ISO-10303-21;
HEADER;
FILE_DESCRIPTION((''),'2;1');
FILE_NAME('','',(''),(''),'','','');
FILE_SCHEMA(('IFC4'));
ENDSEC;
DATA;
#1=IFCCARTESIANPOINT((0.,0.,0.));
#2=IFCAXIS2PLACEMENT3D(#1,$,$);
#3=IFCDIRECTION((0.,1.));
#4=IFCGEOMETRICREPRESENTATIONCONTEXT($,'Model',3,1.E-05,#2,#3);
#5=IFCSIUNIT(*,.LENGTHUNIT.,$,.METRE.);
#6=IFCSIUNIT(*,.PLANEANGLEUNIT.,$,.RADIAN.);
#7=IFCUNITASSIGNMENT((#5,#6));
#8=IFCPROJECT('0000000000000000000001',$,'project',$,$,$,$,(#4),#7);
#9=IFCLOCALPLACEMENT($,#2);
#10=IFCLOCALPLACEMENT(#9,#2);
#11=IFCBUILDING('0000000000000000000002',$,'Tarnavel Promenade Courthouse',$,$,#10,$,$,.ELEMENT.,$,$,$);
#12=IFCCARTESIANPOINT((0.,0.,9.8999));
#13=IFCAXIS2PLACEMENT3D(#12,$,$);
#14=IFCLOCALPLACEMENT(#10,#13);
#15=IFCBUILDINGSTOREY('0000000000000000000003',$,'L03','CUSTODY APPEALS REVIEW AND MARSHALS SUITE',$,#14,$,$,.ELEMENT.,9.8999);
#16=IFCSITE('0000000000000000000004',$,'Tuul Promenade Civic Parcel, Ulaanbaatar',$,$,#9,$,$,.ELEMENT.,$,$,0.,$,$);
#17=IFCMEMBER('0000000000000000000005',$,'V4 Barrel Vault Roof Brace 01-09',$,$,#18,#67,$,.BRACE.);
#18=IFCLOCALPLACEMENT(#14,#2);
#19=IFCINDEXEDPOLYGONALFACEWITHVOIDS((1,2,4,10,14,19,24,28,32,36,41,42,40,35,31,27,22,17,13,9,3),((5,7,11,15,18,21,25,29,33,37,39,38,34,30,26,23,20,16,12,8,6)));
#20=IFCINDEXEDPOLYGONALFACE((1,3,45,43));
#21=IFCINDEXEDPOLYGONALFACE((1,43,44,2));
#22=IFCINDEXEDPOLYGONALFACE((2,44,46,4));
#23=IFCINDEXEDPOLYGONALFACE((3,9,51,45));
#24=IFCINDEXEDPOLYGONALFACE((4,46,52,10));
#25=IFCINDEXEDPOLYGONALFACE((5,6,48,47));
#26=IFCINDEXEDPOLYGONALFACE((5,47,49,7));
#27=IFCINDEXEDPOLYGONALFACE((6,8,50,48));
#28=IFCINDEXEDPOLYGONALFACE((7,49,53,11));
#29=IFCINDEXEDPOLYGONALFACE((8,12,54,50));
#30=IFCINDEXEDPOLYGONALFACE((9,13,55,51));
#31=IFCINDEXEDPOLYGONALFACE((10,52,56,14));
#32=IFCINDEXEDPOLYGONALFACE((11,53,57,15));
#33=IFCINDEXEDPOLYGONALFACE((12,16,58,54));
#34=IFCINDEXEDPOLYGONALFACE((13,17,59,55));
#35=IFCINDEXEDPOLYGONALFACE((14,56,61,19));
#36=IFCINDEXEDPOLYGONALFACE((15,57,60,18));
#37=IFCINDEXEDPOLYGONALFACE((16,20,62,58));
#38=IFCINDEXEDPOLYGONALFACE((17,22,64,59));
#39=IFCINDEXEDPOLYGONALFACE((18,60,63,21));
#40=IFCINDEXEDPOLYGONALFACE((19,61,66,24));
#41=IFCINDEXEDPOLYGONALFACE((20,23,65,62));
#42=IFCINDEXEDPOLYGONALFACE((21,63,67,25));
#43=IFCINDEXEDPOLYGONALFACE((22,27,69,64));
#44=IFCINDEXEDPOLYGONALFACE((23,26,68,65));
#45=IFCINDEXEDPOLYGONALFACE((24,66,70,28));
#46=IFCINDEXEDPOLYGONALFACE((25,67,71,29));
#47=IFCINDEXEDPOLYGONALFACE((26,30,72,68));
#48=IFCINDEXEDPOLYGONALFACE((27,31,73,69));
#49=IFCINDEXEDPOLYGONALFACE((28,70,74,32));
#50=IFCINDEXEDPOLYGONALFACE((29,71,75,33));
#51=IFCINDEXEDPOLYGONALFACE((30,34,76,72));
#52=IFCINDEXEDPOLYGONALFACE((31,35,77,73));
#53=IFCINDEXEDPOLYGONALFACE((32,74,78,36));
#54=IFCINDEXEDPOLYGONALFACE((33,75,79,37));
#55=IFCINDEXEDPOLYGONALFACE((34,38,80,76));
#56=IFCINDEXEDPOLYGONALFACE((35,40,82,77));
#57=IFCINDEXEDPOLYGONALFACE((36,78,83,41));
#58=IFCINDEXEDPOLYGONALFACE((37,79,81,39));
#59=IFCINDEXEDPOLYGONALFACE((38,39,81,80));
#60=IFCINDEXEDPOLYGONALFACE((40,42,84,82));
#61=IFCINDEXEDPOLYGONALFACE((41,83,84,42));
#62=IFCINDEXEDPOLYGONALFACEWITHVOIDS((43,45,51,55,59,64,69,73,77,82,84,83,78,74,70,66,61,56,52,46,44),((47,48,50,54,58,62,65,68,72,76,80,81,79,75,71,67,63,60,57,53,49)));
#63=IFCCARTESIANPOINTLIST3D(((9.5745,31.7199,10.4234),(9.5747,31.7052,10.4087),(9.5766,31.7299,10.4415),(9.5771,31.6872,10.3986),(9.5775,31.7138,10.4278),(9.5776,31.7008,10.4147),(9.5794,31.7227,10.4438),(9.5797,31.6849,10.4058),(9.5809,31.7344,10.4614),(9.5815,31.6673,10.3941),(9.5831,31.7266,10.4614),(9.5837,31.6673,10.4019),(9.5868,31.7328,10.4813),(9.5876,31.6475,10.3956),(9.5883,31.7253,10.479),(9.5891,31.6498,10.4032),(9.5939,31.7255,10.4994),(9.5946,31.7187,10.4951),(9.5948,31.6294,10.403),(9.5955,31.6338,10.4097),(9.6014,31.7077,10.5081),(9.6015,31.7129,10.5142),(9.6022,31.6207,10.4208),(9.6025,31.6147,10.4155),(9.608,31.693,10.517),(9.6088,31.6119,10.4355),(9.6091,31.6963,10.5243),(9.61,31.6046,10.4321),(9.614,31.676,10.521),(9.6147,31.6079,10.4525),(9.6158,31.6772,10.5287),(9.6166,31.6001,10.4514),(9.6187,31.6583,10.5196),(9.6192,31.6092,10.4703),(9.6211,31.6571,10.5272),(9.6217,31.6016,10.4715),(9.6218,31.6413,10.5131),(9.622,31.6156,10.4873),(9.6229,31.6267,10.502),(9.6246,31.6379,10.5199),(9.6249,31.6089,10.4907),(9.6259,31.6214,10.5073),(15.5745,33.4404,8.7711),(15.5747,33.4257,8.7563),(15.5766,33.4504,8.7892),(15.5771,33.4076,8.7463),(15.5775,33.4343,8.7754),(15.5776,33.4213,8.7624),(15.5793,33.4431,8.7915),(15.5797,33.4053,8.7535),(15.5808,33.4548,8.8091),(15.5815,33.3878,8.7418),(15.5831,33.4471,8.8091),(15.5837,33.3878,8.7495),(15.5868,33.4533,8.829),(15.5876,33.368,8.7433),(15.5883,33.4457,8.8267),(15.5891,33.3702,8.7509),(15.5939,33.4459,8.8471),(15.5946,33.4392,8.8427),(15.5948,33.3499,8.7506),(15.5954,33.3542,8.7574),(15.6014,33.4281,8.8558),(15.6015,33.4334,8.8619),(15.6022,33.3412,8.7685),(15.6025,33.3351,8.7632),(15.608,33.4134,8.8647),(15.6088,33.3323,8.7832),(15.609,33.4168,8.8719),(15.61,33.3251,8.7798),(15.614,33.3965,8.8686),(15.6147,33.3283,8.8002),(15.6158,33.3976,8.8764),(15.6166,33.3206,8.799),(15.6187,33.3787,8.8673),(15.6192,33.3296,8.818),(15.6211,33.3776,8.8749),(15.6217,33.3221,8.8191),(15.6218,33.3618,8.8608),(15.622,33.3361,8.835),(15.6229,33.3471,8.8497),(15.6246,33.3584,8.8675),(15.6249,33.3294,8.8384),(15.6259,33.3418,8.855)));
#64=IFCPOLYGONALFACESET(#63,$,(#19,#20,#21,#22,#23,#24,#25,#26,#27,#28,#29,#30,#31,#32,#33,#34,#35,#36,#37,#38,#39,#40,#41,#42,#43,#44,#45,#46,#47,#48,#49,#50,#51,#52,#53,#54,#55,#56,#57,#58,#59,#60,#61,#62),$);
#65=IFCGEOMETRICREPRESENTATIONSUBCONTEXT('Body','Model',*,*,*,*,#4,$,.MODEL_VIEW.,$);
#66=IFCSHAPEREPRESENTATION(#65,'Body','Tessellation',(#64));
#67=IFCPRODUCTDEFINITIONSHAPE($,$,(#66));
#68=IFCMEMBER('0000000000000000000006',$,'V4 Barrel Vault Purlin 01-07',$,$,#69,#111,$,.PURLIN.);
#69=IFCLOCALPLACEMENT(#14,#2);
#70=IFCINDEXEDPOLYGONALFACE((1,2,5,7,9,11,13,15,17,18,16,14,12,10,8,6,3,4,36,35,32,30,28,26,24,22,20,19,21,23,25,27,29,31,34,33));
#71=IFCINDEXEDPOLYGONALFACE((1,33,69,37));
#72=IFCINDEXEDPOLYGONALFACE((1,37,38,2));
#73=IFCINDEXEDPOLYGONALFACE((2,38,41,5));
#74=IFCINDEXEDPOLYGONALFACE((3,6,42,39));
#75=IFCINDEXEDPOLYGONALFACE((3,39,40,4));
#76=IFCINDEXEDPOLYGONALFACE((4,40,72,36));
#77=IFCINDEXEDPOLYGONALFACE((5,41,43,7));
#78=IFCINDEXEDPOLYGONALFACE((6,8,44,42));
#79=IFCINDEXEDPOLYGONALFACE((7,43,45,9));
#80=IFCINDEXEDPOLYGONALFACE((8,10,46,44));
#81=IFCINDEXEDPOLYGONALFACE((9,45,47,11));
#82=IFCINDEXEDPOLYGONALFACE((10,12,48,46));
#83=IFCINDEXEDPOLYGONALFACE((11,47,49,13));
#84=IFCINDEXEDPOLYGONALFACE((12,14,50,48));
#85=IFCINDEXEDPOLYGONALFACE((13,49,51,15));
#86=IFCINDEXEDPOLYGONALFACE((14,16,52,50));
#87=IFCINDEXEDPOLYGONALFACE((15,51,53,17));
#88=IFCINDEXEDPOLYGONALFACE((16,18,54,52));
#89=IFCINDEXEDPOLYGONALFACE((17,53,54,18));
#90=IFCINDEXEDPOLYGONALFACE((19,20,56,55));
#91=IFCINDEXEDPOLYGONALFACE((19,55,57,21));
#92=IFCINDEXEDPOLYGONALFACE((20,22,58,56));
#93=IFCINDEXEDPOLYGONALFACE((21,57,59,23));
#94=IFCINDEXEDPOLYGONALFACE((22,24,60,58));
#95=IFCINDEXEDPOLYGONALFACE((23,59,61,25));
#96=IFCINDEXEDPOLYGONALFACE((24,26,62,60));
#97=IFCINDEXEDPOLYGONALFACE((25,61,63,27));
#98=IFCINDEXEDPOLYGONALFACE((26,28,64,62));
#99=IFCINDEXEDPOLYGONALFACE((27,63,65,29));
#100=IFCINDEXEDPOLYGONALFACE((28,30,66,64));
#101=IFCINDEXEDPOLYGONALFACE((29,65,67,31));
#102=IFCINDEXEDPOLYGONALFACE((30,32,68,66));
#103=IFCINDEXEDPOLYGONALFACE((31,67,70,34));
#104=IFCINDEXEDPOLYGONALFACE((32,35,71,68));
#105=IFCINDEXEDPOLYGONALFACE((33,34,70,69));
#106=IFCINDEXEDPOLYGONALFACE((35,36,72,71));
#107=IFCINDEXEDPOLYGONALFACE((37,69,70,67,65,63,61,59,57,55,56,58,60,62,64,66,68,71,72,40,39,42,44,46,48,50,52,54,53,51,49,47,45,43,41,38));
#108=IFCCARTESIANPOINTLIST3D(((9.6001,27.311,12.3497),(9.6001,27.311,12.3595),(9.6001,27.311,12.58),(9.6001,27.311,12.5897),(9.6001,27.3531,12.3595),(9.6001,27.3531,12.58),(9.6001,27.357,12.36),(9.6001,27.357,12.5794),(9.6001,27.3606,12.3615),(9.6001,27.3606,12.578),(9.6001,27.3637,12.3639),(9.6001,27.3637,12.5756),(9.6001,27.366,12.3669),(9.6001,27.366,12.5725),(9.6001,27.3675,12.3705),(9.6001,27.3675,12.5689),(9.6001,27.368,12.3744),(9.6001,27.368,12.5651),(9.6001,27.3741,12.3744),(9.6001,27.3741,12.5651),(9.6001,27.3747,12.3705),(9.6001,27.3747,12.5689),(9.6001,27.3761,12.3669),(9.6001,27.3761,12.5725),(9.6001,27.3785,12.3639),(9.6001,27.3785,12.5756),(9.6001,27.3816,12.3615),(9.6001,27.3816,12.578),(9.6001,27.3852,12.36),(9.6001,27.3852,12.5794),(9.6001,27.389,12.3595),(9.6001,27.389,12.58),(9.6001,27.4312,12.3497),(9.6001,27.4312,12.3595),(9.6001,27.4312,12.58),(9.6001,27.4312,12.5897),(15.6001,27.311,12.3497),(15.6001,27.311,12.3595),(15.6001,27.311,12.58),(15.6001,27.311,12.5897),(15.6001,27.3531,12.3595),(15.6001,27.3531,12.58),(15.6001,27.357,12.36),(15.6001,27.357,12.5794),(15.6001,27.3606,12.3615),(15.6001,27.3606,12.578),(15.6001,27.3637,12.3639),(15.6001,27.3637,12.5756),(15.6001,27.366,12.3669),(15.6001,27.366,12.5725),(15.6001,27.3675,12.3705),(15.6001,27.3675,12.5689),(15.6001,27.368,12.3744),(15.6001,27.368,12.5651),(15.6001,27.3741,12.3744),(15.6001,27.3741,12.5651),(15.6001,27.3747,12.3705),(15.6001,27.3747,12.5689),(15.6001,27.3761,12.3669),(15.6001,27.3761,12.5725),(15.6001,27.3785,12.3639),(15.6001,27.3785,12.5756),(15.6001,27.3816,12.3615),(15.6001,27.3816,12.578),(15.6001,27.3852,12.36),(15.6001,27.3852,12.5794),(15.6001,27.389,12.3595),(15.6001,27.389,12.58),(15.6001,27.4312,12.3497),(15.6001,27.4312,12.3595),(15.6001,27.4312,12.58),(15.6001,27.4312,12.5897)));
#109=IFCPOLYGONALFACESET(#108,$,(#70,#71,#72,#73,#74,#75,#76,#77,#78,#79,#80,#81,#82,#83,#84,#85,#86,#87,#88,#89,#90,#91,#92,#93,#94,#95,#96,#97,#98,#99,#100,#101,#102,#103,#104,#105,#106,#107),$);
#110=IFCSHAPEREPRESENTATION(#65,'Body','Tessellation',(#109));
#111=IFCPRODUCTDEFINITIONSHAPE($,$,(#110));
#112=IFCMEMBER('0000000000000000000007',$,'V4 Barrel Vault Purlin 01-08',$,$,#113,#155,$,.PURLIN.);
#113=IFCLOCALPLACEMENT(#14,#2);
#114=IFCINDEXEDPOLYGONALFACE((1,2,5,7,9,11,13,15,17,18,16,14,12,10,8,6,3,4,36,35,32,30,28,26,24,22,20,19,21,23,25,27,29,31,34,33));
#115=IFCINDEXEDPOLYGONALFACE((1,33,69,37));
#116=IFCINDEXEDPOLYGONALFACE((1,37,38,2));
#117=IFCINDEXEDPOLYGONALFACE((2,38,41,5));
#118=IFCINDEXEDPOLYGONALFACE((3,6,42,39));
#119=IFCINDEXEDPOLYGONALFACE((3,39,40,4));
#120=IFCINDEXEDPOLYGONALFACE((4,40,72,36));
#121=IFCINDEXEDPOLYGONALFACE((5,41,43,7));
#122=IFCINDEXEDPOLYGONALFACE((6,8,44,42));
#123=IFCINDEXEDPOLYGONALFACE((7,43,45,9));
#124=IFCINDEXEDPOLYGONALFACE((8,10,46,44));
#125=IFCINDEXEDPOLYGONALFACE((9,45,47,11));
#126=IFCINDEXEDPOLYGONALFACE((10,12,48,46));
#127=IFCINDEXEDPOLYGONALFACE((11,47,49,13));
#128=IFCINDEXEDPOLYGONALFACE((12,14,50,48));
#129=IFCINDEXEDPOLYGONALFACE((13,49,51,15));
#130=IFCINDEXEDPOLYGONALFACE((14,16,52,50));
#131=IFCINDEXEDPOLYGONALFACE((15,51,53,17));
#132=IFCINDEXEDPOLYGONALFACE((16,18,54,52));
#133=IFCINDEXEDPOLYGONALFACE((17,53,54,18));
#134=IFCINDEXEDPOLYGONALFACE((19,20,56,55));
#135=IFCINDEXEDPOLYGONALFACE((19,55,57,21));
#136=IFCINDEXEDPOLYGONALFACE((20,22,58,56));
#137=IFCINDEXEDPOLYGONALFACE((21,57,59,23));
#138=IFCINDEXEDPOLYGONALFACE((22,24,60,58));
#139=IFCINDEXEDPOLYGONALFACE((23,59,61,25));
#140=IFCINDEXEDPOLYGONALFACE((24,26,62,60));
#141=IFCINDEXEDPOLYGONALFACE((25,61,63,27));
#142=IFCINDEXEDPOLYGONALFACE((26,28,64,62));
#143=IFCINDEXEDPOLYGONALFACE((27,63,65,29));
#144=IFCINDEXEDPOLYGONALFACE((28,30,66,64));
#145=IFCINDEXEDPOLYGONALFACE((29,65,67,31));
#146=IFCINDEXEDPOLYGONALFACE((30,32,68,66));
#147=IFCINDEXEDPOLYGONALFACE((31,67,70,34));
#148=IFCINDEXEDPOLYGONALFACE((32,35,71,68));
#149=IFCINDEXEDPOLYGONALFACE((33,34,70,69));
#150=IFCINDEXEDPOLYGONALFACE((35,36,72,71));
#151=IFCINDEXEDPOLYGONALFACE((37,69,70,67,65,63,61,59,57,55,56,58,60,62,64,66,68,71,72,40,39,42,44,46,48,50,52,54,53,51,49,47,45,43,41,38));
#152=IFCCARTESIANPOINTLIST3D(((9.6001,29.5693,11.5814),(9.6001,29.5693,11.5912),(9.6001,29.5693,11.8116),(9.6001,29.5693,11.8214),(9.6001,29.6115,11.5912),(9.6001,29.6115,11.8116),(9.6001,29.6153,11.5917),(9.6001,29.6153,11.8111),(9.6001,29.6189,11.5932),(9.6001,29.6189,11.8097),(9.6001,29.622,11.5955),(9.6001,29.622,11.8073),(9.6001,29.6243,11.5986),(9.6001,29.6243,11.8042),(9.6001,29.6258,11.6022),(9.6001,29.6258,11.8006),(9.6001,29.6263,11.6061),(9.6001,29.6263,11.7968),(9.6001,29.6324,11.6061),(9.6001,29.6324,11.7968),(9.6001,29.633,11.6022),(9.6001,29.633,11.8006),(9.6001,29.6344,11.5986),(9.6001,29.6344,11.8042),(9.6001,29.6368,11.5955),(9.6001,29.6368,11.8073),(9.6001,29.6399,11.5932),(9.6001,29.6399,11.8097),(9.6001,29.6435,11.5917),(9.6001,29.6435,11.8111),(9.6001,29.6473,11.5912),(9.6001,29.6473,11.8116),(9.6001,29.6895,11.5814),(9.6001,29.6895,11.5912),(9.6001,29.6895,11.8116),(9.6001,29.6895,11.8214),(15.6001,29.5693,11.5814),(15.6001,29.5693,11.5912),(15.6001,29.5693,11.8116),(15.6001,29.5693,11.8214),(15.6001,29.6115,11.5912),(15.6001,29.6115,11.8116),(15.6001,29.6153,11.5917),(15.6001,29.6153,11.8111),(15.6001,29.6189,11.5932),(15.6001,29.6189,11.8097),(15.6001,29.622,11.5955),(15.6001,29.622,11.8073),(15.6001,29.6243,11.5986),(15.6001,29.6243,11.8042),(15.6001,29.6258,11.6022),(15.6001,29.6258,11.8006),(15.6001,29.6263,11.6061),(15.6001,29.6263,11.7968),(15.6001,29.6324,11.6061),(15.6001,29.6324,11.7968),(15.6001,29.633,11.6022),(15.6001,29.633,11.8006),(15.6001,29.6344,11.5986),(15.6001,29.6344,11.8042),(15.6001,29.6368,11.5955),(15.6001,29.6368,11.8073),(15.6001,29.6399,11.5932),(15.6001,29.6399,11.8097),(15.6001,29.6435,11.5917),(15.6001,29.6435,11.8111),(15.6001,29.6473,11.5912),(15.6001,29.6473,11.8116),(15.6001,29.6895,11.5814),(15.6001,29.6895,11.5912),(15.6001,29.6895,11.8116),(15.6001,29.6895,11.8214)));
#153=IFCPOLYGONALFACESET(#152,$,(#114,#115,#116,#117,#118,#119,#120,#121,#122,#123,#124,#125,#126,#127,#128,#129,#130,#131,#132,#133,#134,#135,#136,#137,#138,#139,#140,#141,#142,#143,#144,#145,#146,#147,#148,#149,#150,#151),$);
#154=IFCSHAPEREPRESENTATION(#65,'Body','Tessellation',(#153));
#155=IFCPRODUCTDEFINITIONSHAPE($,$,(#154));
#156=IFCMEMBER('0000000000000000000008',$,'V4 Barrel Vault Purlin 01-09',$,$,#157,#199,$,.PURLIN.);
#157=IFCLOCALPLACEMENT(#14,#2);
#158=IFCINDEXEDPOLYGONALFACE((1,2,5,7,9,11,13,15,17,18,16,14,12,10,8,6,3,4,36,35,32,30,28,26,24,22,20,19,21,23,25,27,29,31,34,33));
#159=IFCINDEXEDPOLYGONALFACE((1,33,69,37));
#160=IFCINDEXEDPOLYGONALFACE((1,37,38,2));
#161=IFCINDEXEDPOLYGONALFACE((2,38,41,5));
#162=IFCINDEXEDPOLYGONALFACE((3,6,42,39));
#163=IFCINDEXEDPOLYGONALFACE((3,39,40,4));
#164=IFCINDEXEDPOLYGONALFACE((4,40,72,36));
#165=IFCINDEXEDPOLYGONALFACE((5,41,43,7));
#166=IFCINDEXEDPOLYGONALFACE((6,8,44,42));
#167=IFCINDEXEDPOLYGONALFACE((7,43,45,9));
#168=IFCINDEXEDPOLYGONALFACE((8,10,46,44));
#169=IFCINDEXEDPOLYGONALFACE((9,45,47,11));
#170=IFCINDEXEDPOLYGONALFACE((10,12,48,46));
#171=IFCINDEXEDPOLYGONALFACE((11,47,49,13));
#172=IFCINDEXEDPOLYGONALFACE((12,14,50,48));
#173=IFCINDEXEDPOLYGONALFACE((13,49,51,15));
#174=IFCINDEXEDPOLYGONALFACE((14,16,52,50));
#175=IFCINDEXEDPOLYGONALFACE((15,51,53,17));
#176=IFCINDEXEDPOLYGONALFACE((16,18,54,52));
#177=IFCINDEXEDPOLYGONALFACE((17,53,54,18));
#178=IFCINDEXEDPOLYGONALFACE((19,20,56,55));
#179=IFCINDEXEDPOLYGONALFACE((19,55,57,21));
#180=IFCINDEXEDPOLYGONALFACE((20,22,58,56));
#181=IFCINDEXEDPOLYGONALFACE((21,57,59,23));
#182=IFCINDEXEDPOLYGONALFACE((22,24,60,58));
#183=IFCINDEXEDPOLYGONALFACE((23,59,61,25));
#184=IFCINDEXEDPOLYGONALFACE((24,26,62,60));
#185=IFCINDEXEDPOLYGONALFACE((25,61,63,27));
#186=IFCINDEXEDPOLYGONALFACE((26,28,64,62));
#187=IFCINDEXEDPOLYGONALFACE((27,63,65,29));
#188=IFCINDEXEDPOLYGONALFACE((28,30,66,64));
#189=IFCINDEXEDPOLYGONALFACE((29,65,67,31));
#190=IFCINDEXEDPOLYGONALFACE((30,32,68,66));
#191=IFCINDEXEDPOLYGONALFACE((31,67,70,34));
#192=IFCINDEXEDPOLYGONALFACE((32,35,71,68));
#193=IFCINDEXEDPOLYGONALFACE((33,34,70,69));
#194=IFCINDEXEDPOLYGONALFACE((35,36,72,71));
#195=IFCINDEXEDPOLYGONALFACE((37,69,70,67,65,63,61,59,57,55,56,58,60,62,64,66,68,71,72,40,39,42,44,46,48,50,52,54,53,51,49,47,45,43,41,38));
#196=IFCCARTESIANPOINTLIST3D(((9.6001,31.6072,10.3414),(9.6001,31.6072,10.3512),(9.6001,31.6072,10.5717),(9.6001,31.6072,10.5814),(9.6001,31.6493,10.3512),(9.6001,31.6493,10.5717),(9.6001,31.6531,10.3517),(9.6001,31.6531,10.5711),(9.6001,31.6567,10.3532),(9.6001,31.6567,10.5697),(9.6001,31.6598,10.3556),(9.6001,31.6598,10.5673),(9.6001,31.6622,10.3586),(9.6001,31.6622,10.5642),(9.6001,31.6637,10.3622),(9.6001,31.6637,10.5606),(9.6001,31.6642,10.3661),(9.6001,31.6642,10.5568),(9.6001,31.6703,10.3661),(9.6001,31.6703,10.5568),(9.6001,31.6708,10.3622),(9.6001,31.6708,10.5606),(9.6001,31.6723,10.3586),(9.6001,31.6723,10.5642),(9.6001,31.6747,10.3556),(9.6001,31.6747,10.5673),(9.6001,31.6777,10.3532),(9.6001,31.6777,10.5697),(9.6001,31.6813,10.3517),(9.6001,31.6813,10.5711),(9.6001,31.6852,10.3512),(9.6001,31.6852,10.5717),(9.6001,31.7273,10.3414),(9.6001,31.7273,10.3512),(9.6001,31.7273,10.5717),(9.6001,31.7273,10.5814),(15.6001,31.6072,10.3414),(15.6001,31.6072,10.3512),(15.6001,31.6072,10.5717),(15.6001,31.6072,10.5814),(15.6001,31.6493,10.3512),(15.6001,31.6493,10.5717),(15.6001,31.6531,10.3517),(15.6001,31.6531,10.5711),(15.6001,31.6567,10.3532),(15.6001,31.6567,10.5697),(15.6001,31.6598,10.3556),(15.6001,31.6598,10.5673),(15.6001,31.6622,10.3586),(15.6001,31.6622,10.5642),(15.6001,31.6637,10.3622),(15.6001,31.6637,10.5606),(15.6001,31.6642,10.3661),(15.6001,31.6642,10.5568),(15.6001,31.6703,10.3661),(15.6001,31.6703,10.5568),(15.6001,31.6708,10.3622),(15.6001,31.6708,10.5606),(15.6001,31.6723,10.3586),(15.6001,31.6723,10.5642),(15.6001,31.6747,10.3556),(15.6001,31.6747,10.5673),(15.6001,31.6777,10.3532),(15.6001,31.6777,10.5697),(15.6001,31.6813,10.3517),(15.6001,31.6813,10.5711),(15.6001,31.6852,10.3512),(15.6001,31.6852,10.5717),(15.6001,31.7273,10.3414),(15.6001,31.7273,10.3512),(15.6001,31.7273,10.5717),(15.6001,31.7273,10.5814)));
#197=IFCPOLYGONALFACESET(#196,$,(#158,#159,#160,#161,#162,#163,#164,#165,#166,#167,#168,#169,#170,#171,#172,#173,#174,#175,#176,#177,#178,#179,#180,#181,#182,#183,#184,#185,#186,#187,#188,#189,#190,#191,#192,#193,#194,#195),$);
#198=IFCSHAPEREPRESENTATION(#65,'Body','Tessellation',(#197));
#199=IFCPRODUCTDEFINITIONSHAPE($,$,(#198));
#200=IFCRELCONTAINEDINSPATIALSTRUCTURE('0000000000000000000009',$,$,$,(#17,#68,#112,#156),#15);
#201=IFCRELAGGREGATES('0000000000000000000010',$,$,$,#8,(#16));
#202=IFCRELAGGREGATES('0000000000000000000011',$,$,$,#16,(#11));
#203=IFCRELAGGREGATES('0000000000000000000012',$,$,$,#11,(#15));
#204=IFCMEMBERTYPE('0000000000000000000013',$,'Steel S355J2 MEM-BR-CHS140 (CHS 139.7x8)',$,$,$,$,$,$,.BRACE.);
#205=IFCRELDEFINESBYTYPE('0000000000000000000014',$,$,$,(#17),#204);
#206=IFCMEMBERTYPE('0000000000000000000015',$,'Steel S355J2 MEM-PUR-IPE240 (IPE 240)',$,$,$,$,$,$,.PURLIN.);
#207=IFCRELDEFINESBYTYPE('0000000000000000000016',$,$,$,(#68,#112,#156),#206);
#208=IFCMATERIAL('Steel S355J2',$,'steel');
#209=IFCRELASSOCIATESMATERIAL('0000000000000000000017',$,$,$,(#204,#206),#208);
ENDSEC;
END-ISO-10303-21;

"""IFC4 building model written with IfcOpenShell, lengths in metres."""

from ifc_helpers import new_model, si_unit, direction, frame, origin, origin_2d, place, context, subcontext, project, spatial, hollow_circle, i_section, extrude, material, material_profile, profile_set, type_object, element, save


model = new_model("IFC4")

# Units and contexts
model_context = context("Model", 3, precision=1e-05, world=origin(), true_north=direction((0.0, 1.0)))
body_context = subcontext(model_context, "Body", "Model", "MODEL_VIEW")
ifc_project = project(units=[si_unit("LENGTHUNIT", "METRE"), si_unit("PLANEANGLEUNIT", "RADIAN")], contexts=[model_context])

# Site, building, storey
site_placement = place(None, origin())
site = spatial("IfcSite", under=ifc_project, at=site_placement, Name="Tuul Promenade Civic Parcel, Ulaanbaatar", CompositionType="ELEMENT", RefElevation=0.0)
building_placement = place(site_placement, origin())
building = spatial("IfcBuilding", under=site, at=building_placement, Name="Tarnavel Promenade Courthouse", CompositionType="ELEMENT")
storey_placement = place(building_placement, frame((0.0, 0.0, 9.8999)))
storey = spatial("IfcBuildingStorey", under=building, at=storey_placement, Name="L03", Description="CUSTODY APPEALS REVIEW AND MARSHALS SUITE", CompositionType="ELEMENT", Elevation=9.8999)

# Shared definitions
ifc_material_1 = material(Name="Steel S355J2", Category="steel")

# Members
ifc_material_profile_1 = material_profile(ifc_material_1, hollow_circle(Radius=0.0698, WallThickness=0.0081, at=origin_2d()), Name="CHS 139.7x8")
ifc_profile_set_1 = profile_set([ifc_material_profile_1], Name="Steel S355J2")
member_type_1 = type_object("IfcMemberType", Name="Steel S355J2 MEM-BR-CHS140 (CHS 139.7x8)", PredefinedType="BRACE", material=ifc_profile_set_1)
member_1_placement = place(storey_placement, frame((9.6001, 31.6672, 10.4614), z_axis=(0.929253, 0.266457, -0.255908), x_axis=(-0.275635, 0.961262, 0.0)))
element("IfcMember", 1, at=member_1_placement, inside=storey, type_object=member_type_1, Name="V4 Barrel Vault Roof Brace 01-09", PredefinedType="BRACE", context=body_context, shape_type="SweptSolid", body=[
    extrude(hollow_circle(Radius=0.0698, WallThickness=0.0081, at=origin_2d()), origin(), (0.0, 0.0, 1.0), 6.4568),
])
ifc_material_profile_2 = material_profile(ifc_material_1, i_section(OverallWidth=0.1201, OverallDepth=0.24, WebThickness=0.0061, FlangeThickness=0.0098, FilletRadius=0.0149, at=origin_2d()), Name="IPE 240")
ifc_profile_set_2 = profile_set([ifc_material_profile_2], Name="Steel S355J2")
member_type_2 = type_object("IfcMemberType", Name="Steel S355J2 MEM-PUR-IPE240 (IPE 240)", PredefinedType="PURLIN", material=ifc_profile_set_2)
for number, where, z_axis, x_axis, name in (
    (2, (9.6001, 27.3711, 12.4697), (1.0, 0.0, 0.0), (0.0, 1.0, 0.0), "V4 Barrel Vault Purlin 01-07"),
    (3, (9.6001, 29.6294, 11.7014), (1.0, 0.0, 0.0), (0.0, 1.0, 0.0), "V4 Barrel Vault Purlin 01-08"),
    (4, (9.6001, 31.6672, 10.4614), (1.0, 0.0, 0.0), (0.0, 1.0, 0.0), "V4 Barrel Vault Purlin 01-09"),
):
    element("IfcMember", number, at=place(storey_placement, frame(where, z_axis=z_axis, x_axis=x_axis)), inside=storey, type_object=member_type_2, Name=name, PredefinedType="PURLIN", context=body_context, shape_type="SweptSolid", body=[
        extrude(i_section(OverallWidth=0.1201, OverallDepth=0.24, WebThickness=0.0061, FlangeThickness=0.0098, FilletRadius=0.0149, at=origin_2d()), origin(), (0.0, 0.0, 1.0), 6.0),
    ])

save(model, "model.ifc")
